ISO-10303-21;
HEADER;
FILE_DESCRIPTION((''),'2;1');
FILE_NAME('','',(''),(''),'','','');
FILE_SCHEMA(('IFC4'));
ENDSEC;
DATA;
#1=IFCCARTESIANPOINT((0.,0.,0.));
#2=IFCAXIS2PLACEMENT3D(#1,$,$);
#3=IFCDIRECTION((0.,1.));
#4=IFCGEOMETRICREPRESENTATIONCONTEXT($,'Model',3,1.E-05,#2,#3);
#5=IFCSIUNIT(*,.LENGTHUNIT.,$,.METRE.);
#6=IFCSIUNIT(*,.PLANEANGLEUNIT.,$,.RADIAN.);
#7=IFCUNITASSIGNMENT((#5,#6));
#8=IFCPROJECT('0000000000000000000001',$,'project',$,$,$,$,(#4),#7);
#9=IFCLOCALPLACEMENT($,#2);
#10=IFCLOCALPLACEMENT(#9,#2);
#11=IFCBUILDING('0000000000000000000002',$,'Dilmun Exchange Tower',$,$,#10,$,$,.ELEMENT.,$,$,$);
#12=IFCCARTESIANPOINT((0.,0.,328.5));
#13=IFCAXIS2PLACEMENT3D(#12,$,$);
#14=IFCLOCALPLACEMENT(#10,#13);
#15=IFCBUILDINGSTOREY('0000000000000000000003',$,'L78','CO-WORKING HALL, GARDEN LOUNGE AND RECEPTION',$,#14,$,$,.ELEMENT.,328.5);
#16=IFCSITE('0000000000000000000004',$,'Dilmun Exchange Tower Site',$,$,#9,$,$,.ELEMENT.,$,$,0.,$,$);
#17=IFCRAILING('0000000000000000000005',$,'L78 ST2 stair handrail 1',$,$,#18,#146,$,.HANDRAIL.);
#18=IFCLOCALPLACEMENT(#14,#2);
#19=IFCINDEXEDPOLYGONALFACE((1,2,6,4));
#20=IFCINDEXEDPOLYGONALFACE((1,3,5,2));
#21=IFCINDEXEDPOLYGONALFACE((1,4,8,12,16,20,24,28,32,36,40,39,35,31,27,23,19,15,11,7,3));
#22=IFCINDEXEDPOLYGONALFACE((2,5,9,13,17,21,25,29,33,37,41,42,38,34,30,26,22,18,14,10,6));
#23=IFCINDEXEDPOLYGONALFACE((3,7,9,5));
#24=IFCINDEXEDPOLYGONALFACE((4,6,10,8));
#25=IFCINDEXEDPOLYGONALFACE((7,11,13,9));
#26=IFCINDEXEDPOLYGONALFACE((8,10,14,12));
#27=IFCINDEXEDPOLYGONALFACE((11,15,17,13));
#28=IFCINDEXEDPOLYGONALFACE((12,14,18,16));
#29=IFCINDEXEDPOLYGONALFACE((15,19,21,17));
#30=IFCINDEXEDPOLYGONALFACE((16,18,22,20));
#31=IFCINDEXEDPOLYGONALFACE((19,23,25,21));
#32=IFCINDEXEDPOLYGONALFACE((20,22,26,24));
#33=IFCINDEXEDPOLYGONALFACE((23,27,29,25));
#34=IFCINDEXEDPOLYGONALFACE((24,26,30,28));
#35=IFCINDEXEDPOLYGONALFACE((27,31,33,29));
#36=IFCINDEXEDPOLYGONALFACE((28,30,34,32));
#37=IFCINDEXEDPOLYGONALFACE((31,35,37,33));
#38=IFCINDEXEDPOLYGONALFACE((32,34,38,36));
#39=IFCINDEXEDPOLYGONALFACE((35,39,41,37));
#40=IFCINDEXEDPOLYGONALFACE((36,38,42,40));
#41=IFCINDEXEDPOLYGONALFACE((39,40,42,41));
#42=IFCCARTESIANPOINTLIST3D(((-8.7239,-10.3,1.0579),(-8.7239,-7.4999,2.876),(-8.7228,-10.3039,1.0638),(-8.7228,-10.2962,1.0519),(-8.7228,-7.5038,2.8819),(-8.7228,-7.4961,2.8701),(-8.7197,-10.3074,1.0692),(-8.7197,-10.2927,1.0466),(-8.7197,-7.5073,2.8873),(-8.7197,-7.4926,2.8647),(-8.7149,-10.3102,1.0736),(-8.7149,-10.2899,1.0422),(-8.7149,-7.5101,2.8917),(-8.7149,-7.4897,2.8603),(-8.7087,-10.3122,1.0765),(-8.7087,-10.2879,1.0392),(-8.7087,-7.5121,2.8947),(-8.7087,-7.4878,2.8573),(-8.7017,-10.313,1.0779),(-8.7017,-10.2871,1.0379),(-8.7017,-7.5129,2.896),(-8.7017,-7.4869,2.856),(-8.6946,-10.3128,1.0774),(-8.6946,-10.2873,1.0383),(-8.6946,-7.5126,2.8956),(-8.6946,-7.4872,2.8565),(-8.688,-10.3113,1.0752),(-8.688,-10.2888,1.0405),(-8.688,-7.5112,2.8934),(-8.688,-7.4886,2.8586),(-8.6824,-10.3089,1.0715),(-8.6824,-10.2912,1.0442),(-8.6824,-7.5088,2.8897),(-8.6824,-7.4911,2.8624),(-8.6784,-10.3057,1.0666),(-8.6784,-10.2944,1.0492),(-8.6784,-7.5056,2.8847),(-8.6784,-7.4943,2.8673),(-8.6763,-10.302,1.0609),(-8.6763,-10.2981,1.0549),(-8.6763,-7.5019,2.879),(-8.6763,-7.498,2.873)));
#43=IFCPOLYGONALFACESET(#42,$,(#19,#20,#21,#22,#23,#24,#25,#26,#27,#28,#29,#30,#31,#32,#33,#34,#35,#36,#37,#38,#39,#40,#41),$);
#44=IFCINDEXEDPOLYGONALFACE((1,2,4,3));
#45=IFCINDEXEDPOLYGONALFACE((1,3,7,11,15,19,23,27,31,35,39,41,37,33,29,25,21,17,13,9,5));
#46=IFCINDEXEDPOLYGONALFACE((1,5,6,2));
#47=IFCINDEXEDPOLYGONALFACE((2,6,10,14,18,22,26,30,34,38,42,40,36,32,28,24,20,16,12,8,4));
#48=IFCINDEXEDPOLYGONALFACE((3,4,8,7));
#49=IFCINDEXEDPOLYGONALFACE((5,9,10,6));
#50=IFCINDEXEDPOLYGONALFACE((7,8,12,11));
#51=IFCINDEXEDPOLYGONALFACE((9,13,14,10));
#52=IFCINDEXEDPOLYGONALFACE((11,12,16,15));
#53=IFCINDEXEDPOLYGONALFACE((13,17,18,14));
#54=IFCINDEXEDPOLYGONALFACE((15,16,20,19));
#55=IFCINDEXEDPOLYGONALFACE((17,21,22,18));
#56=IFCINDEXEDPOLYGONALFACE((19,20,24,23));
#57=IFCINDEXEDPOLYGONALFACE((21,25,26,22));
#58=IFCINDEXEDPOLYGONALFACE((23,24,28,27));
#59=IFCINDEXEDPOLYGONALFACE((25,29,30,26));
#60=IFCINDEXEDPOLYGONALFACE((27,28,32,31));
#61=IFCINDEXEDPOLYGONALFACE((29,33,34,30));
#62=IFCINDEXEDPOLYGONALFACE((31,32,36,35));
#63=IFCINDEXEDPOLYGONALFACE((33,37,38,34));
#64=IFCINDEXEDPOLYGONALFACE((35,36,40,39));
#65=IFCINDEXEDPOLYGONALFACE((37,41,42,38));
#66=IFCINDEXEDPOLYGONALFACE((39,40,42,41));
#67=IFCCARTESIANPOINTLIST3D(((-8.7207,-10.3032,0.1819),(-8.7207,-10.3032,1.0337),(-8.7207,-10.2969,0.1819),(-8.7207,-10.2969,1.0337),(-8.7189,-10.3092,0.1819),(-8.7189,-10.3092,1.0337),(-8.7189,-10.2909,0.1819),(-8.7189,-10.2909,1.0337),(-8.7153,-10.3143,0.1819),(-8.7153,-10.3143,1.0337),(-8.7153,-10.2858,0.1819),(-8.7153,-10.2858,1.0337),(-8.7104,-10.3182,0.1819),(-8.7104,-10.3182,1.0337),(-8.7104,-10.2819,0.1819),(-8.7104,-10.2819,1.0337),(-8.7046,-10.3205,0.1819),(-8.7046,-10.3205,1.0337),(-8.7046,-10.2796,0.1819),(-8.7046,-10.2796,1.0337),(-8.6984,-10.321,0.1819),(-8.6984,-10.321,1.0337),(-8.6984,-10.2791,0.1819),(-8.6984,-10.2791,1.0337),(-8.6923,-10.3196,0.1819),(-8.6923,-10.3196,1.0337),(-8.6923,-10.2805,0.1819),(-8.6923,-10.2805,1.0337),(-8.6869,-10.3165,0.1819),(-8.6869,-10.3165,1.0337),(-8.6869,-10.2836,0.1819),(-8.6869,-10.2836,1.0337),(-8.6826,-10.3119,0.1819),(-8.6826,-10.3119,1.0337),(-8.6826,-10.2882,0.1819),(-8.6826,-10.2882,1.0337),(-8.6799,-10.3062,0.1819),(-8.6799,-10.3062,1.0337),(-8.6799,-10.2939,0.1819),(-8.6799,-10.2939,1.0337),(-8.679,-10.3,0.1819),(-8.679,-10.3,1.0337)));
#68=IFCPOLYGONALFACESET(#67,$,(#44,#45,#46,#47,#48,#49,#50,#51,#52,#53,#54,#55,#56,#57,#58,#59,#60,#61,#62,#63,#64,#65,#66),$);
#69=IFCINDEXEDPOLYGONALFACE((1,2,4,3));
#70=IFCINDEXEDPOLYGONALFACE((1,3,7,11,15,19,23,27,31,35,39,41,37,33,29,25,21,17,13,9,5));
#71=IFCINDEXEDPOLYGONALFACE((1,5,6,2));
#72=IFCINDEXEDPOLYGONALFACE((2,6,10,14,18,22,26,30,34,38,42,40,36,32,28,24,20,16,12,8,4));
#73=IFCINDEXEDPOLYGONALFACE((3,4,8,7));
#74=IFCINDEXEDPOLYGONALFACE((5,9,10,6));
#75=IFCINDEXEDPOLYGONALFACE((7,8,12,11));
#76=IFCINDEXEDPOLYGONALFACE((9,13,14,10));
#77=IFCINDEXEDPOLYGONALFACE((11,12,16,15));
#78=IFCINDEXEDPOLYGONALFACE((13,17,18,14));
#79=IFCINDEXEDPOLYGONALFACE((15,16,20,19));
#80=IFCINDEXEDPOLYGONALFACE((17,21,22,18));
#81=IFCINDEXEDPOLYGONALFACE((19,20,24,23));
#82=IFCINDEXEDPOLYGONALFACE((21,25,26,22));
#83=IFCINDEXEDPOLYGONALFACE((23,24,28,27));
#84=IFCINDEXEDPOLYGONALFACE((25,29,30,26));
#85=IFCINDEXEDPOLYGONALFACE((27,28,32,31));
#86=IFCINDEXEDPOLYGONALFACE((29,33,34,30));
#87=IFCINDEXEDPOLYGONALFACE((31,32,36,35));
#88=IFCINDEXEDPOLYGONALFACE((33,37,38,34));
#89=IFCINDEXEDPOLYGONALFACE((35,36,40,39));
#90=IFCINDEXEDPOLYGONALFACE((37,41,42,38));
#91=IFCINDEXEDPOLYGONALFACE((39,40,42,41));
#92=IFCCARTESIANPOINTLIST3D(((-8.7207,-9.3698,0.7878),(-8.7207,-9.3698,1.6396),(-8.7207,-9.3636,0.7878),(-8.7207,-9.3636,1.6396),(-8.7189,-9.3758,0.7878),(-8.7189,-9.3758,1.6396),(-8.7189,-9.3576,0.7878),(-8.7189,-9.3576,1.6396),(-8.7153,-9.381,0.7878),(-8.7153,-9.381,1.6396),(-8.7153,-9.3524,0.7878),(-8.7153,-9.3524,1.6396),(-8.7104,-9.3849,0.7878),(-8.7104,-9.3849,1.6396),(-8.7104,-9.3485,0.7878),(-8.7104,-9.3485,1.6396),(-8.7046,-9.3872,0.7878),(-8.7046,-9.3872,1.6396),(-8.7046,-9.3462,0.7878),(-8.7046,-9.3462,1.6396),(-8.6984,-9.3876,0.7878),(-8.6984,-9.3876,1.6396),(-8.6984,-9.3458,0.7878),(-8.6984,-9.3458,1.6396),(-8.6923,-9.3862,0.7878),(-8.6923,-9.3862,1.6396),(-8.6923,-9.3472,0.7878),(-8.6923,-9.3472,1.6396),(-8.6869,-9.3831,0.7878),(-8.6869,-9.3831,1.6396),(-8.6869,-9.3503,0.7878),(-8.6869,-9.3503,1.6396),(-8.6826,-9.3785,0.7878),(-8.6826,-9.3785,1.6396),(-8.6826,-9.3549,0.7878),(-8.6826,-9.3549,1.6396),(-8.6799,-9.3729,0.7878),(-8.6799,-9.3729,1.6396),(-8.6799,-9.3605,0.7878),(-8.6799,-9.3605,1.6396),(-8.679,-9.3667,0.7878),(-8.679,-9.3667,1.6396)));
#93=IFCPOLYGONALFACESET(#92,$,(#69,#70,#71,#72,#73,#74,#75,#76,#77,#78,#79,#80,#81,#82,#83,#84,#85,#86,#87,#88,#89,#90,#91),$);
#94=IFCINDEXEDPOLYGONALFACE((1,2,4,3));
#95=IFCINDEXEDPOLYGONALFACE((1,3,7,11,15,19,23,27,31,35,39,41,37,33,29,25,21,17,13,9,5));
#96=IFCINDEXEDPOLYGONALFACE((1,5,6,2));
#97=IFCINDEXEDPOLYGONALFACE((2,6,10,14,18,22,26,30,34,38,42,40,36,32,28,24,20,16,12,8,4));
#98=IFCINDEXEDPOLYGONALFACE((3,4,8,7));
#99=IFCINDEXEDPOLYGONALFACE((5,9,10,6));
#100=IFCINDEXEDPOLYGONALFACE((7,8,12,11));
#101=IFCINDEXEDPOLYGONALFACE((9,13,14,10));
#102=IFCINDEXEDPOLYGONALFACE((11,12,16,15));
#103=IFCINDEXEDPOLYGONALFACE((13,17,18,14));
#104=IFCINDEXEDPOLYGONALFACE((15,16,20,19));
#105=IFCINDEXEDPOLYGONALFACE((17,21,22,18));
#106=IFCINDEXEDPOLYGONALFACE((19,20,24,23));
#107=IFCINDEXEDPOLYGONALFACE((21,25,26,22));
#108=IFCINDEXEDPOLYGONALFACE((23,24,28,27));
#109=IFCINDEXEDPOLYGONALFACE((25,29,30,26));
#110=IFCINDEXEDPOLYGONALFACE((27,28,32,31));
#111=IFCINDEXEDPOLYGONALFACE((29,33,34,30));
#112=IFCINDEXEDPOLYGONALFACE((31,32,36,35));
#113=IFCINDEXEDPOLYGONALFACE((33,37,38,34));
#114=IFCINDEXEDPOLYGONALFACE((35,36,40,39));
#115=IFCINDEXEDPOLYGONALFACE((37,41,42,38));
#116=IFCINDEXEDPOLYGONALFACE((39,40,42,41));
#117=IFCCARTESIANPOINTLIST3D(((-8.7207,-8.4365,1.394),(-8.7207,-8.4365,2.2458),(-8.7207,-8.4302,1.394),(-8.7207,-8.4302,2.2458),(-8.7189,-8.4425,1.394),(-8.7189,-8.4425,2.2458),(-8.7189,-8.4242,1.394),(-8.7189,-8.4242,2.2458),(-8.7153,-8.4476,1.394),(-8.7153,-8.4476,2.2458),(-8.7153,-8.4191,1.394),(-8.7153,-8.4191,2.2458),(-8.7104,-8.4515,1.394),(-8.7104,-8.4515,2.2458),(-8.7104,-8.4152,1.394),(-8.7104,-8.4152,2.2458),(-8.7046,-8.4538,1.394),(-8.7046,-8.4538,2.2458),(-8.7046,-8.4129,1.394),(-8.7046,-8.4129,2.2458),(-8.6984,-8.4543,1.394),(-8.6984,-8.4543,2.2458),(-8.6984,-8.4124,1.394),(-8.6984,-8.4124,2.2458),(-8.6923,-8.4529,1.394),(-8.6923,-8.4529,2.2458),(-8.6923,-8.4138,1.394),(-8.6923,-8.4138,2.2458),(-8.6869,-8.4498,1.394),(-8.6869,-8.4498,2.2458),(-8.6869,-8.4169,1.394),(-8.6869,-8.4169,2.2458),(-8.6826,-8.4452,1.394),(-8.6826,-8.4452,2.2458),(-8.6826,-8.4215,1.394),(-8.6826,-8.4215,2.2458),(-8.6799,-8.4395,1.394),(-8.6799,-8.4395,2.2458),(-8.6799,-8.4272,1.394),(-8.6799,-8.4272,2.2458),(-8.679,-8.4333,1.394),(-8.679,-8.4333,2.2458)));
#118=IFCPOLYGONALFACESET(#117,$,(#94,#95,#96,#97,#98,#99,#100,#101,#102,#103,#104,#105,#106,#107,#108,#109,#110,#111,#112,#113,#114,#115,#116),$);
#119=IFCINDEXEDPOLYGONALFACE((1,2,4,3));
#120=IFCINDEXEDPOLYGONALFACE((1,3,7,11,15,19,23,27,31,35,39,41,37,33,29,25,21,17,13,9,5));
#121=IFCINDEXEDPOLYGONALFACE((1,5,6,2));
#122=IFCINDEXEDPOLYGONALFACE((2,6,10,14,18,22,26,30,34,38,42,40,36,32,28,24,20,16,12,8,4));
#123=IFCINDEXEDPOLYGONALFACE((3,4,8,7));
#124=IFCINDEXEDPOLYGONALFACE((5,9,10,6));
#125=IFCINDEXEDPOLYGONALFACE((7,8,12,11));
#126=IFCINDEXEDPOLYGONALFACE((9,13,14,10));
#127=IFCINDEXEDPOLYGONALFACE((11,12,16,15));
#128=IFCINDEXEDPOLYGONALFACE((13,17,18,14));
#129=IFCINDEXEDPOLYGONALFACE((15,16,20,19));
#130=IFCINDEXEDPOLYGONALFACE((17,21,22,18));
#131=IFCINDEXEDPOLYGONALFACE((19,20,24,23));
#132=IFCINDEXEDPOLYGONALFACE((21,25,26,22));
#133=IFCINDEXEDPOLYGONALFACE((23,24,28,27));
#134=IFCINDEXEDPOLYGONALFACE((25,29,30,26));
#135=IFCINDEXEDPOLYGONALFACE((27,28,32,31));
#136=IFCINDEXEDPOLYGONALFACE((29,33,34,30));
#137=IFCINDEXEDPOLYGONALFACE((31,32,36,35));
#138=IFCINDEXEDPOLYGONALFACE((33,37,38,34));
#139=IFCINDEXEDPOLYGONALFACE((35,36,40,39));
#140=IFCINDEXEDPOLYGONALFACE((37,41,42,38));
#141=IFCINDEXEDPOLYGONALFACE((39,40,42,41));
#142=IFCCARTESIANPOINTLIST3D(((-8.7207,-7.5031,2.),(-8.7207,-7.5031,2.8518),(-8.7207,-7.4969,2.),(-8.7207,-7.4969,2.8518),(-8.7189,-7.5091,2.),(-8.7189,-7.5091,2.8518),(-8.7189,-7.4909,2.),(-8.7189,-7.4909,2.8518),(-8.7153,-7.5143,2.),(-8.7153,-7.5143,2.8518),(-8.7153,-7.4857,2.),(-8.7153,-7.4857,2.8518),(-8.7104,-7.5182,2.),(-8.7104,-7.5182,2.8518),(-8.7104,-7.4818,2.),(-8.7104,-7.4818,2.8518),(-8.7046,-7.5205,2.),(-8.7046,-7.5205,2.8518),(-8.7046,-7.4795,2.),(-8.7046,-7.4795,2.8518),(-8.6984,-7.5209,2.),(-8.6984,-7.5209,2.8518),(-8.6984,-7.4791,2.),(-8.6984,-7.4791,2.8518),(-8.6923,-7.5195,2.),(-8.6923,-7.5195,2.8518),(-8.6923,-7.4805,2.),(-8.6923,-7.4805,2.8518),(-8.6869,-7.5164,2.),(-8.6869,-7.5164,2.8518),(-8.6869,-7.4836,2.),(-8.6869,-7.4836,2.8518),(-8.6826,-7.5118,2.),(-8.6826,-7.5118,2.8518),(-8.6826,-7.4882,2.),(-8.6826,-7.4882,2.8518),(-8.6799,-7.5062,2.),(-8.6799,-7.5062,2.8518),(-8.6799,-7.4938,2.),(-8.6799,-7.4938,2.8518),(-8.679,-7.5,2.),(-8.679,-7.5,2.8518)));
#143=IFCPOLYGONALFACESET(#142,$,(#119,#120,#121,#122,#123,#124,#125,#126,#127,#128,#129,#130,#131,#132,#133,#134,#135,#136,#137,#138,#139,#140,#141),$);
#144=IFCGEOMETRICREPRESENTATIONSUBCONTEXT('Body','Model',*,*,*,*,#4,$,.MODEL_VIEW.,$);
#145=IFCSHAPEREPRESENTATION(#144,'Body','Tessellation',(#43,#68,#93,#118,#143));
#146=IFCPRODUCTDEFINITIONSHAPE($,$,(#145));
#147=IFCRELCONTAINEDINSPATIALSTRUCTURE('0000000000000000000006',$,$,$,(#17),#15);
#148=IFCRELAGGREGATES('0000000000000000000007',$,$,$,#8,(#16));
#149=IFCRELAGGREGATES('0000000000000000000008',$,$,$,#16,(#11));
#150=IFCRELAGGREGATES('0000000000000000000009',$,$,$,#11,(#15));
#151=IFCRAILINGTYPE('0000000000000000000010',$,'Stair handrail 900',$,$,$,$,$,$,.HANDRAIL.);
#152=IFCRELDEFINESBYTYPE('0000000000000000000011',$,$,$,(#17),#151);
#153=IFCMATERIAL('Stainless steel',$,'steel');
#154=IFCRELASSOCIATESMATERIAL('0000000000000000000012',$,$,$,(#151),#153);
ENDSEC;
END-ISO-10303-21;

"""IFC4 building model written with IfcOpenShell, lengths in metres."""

from ifc_helpers import new_model, si_unit, direction, frame, origin, origin_2d, place, context, subcontext, project, spatial, circle, extrude, material, type_object, element, save


model = new_model("IFC4")

# Units and contexts
model_context = context("Model", 3, precision=1e-05, world=origin(), true_north=direction((0.0, 1.0)))
body_context = subcontext(model_context, "Body", "Model", "MODEL_VIEW")
ifc_project = project(units=[si_unit("LENGTHUNIT", "METRE"), si_unit("PLANEANGLEUNIT", "RADIAN")], contexts=[model_context])

# Site, building, storey
site_placement = place(None, origin())
site = spatial("IfcSite", under=ifc_project, at=site_placement, Name="Dilmun Exchange Tower Site", CompositionType="ELEMENT", RefElevation=0.0)
building_placement = place(site_placement, origin())
building = spatial("IfcBuilding", under=site, at=building_placement, Name="Dilmun Exchange Tower", CompositionType="ELEMENT")
storey_placement = place(building_placement, frame((0.0, 0.0, 328.5)))
storey = spatial("IfcBuildingStorey", under=building, at=storey_placement, Name="L78", Description="CO-WORKING HALL, GARDEN LOUNGE AND RECEPTION", CompositionType="ELEMENT", Elevation=328.5)

# Railing
ifc_material_1 = material(Name="Stainless steel", Category="steel")
railing_type = type_object("IfcRailingType", Name="Stair handrail 900", PredefinedType="HANDRAIL", material=ifc_material_1)
railing_placement = place(storey_placement, frame((-8.7, -10.3, 0.1819)))
element("IfcRailing", 1, at=railing_placement, inside=storey, type_object=railing_type, Name="L78 ST2 stair handrail 1", PredefinedType="HANDRAIL", context=body_context, shape_type="SweptSolid", body=[
    extrude(circle(Radius=0.0239, at=origin_2d()), frame((0.0, 0.0, 0.876), z_axis=(0.0, 0.838706, 0.544585), x_axis=(-1.0, 0.0, 0.0)), (0.0, 0.0, 1.0), 3.3386),
    extrude(circle(Radius=0.021, at=origin_2d()), origin(), (0.0, 0.0, 1.0), 0.8518),
    extrude(circle(Radius=0.021, at=origin_2d()), frame((0.0, 0.9333, 0.606)), (0.0, 0.0, 1.0), 0.8518),
    extrude(circle(Radius=0.021, at=origin_2d()), frame((0.0, 1.8667, 1.2122)), (0.0, 0.0, 1.0), 0.8518),
    extrude(circle(Radius=0.021, at=origin_2d()), frame((0.0, 2.8, 1.8181)), (0.0, 0.0, 1.0), 0.8518),
])

save(model, "model.ifc")
